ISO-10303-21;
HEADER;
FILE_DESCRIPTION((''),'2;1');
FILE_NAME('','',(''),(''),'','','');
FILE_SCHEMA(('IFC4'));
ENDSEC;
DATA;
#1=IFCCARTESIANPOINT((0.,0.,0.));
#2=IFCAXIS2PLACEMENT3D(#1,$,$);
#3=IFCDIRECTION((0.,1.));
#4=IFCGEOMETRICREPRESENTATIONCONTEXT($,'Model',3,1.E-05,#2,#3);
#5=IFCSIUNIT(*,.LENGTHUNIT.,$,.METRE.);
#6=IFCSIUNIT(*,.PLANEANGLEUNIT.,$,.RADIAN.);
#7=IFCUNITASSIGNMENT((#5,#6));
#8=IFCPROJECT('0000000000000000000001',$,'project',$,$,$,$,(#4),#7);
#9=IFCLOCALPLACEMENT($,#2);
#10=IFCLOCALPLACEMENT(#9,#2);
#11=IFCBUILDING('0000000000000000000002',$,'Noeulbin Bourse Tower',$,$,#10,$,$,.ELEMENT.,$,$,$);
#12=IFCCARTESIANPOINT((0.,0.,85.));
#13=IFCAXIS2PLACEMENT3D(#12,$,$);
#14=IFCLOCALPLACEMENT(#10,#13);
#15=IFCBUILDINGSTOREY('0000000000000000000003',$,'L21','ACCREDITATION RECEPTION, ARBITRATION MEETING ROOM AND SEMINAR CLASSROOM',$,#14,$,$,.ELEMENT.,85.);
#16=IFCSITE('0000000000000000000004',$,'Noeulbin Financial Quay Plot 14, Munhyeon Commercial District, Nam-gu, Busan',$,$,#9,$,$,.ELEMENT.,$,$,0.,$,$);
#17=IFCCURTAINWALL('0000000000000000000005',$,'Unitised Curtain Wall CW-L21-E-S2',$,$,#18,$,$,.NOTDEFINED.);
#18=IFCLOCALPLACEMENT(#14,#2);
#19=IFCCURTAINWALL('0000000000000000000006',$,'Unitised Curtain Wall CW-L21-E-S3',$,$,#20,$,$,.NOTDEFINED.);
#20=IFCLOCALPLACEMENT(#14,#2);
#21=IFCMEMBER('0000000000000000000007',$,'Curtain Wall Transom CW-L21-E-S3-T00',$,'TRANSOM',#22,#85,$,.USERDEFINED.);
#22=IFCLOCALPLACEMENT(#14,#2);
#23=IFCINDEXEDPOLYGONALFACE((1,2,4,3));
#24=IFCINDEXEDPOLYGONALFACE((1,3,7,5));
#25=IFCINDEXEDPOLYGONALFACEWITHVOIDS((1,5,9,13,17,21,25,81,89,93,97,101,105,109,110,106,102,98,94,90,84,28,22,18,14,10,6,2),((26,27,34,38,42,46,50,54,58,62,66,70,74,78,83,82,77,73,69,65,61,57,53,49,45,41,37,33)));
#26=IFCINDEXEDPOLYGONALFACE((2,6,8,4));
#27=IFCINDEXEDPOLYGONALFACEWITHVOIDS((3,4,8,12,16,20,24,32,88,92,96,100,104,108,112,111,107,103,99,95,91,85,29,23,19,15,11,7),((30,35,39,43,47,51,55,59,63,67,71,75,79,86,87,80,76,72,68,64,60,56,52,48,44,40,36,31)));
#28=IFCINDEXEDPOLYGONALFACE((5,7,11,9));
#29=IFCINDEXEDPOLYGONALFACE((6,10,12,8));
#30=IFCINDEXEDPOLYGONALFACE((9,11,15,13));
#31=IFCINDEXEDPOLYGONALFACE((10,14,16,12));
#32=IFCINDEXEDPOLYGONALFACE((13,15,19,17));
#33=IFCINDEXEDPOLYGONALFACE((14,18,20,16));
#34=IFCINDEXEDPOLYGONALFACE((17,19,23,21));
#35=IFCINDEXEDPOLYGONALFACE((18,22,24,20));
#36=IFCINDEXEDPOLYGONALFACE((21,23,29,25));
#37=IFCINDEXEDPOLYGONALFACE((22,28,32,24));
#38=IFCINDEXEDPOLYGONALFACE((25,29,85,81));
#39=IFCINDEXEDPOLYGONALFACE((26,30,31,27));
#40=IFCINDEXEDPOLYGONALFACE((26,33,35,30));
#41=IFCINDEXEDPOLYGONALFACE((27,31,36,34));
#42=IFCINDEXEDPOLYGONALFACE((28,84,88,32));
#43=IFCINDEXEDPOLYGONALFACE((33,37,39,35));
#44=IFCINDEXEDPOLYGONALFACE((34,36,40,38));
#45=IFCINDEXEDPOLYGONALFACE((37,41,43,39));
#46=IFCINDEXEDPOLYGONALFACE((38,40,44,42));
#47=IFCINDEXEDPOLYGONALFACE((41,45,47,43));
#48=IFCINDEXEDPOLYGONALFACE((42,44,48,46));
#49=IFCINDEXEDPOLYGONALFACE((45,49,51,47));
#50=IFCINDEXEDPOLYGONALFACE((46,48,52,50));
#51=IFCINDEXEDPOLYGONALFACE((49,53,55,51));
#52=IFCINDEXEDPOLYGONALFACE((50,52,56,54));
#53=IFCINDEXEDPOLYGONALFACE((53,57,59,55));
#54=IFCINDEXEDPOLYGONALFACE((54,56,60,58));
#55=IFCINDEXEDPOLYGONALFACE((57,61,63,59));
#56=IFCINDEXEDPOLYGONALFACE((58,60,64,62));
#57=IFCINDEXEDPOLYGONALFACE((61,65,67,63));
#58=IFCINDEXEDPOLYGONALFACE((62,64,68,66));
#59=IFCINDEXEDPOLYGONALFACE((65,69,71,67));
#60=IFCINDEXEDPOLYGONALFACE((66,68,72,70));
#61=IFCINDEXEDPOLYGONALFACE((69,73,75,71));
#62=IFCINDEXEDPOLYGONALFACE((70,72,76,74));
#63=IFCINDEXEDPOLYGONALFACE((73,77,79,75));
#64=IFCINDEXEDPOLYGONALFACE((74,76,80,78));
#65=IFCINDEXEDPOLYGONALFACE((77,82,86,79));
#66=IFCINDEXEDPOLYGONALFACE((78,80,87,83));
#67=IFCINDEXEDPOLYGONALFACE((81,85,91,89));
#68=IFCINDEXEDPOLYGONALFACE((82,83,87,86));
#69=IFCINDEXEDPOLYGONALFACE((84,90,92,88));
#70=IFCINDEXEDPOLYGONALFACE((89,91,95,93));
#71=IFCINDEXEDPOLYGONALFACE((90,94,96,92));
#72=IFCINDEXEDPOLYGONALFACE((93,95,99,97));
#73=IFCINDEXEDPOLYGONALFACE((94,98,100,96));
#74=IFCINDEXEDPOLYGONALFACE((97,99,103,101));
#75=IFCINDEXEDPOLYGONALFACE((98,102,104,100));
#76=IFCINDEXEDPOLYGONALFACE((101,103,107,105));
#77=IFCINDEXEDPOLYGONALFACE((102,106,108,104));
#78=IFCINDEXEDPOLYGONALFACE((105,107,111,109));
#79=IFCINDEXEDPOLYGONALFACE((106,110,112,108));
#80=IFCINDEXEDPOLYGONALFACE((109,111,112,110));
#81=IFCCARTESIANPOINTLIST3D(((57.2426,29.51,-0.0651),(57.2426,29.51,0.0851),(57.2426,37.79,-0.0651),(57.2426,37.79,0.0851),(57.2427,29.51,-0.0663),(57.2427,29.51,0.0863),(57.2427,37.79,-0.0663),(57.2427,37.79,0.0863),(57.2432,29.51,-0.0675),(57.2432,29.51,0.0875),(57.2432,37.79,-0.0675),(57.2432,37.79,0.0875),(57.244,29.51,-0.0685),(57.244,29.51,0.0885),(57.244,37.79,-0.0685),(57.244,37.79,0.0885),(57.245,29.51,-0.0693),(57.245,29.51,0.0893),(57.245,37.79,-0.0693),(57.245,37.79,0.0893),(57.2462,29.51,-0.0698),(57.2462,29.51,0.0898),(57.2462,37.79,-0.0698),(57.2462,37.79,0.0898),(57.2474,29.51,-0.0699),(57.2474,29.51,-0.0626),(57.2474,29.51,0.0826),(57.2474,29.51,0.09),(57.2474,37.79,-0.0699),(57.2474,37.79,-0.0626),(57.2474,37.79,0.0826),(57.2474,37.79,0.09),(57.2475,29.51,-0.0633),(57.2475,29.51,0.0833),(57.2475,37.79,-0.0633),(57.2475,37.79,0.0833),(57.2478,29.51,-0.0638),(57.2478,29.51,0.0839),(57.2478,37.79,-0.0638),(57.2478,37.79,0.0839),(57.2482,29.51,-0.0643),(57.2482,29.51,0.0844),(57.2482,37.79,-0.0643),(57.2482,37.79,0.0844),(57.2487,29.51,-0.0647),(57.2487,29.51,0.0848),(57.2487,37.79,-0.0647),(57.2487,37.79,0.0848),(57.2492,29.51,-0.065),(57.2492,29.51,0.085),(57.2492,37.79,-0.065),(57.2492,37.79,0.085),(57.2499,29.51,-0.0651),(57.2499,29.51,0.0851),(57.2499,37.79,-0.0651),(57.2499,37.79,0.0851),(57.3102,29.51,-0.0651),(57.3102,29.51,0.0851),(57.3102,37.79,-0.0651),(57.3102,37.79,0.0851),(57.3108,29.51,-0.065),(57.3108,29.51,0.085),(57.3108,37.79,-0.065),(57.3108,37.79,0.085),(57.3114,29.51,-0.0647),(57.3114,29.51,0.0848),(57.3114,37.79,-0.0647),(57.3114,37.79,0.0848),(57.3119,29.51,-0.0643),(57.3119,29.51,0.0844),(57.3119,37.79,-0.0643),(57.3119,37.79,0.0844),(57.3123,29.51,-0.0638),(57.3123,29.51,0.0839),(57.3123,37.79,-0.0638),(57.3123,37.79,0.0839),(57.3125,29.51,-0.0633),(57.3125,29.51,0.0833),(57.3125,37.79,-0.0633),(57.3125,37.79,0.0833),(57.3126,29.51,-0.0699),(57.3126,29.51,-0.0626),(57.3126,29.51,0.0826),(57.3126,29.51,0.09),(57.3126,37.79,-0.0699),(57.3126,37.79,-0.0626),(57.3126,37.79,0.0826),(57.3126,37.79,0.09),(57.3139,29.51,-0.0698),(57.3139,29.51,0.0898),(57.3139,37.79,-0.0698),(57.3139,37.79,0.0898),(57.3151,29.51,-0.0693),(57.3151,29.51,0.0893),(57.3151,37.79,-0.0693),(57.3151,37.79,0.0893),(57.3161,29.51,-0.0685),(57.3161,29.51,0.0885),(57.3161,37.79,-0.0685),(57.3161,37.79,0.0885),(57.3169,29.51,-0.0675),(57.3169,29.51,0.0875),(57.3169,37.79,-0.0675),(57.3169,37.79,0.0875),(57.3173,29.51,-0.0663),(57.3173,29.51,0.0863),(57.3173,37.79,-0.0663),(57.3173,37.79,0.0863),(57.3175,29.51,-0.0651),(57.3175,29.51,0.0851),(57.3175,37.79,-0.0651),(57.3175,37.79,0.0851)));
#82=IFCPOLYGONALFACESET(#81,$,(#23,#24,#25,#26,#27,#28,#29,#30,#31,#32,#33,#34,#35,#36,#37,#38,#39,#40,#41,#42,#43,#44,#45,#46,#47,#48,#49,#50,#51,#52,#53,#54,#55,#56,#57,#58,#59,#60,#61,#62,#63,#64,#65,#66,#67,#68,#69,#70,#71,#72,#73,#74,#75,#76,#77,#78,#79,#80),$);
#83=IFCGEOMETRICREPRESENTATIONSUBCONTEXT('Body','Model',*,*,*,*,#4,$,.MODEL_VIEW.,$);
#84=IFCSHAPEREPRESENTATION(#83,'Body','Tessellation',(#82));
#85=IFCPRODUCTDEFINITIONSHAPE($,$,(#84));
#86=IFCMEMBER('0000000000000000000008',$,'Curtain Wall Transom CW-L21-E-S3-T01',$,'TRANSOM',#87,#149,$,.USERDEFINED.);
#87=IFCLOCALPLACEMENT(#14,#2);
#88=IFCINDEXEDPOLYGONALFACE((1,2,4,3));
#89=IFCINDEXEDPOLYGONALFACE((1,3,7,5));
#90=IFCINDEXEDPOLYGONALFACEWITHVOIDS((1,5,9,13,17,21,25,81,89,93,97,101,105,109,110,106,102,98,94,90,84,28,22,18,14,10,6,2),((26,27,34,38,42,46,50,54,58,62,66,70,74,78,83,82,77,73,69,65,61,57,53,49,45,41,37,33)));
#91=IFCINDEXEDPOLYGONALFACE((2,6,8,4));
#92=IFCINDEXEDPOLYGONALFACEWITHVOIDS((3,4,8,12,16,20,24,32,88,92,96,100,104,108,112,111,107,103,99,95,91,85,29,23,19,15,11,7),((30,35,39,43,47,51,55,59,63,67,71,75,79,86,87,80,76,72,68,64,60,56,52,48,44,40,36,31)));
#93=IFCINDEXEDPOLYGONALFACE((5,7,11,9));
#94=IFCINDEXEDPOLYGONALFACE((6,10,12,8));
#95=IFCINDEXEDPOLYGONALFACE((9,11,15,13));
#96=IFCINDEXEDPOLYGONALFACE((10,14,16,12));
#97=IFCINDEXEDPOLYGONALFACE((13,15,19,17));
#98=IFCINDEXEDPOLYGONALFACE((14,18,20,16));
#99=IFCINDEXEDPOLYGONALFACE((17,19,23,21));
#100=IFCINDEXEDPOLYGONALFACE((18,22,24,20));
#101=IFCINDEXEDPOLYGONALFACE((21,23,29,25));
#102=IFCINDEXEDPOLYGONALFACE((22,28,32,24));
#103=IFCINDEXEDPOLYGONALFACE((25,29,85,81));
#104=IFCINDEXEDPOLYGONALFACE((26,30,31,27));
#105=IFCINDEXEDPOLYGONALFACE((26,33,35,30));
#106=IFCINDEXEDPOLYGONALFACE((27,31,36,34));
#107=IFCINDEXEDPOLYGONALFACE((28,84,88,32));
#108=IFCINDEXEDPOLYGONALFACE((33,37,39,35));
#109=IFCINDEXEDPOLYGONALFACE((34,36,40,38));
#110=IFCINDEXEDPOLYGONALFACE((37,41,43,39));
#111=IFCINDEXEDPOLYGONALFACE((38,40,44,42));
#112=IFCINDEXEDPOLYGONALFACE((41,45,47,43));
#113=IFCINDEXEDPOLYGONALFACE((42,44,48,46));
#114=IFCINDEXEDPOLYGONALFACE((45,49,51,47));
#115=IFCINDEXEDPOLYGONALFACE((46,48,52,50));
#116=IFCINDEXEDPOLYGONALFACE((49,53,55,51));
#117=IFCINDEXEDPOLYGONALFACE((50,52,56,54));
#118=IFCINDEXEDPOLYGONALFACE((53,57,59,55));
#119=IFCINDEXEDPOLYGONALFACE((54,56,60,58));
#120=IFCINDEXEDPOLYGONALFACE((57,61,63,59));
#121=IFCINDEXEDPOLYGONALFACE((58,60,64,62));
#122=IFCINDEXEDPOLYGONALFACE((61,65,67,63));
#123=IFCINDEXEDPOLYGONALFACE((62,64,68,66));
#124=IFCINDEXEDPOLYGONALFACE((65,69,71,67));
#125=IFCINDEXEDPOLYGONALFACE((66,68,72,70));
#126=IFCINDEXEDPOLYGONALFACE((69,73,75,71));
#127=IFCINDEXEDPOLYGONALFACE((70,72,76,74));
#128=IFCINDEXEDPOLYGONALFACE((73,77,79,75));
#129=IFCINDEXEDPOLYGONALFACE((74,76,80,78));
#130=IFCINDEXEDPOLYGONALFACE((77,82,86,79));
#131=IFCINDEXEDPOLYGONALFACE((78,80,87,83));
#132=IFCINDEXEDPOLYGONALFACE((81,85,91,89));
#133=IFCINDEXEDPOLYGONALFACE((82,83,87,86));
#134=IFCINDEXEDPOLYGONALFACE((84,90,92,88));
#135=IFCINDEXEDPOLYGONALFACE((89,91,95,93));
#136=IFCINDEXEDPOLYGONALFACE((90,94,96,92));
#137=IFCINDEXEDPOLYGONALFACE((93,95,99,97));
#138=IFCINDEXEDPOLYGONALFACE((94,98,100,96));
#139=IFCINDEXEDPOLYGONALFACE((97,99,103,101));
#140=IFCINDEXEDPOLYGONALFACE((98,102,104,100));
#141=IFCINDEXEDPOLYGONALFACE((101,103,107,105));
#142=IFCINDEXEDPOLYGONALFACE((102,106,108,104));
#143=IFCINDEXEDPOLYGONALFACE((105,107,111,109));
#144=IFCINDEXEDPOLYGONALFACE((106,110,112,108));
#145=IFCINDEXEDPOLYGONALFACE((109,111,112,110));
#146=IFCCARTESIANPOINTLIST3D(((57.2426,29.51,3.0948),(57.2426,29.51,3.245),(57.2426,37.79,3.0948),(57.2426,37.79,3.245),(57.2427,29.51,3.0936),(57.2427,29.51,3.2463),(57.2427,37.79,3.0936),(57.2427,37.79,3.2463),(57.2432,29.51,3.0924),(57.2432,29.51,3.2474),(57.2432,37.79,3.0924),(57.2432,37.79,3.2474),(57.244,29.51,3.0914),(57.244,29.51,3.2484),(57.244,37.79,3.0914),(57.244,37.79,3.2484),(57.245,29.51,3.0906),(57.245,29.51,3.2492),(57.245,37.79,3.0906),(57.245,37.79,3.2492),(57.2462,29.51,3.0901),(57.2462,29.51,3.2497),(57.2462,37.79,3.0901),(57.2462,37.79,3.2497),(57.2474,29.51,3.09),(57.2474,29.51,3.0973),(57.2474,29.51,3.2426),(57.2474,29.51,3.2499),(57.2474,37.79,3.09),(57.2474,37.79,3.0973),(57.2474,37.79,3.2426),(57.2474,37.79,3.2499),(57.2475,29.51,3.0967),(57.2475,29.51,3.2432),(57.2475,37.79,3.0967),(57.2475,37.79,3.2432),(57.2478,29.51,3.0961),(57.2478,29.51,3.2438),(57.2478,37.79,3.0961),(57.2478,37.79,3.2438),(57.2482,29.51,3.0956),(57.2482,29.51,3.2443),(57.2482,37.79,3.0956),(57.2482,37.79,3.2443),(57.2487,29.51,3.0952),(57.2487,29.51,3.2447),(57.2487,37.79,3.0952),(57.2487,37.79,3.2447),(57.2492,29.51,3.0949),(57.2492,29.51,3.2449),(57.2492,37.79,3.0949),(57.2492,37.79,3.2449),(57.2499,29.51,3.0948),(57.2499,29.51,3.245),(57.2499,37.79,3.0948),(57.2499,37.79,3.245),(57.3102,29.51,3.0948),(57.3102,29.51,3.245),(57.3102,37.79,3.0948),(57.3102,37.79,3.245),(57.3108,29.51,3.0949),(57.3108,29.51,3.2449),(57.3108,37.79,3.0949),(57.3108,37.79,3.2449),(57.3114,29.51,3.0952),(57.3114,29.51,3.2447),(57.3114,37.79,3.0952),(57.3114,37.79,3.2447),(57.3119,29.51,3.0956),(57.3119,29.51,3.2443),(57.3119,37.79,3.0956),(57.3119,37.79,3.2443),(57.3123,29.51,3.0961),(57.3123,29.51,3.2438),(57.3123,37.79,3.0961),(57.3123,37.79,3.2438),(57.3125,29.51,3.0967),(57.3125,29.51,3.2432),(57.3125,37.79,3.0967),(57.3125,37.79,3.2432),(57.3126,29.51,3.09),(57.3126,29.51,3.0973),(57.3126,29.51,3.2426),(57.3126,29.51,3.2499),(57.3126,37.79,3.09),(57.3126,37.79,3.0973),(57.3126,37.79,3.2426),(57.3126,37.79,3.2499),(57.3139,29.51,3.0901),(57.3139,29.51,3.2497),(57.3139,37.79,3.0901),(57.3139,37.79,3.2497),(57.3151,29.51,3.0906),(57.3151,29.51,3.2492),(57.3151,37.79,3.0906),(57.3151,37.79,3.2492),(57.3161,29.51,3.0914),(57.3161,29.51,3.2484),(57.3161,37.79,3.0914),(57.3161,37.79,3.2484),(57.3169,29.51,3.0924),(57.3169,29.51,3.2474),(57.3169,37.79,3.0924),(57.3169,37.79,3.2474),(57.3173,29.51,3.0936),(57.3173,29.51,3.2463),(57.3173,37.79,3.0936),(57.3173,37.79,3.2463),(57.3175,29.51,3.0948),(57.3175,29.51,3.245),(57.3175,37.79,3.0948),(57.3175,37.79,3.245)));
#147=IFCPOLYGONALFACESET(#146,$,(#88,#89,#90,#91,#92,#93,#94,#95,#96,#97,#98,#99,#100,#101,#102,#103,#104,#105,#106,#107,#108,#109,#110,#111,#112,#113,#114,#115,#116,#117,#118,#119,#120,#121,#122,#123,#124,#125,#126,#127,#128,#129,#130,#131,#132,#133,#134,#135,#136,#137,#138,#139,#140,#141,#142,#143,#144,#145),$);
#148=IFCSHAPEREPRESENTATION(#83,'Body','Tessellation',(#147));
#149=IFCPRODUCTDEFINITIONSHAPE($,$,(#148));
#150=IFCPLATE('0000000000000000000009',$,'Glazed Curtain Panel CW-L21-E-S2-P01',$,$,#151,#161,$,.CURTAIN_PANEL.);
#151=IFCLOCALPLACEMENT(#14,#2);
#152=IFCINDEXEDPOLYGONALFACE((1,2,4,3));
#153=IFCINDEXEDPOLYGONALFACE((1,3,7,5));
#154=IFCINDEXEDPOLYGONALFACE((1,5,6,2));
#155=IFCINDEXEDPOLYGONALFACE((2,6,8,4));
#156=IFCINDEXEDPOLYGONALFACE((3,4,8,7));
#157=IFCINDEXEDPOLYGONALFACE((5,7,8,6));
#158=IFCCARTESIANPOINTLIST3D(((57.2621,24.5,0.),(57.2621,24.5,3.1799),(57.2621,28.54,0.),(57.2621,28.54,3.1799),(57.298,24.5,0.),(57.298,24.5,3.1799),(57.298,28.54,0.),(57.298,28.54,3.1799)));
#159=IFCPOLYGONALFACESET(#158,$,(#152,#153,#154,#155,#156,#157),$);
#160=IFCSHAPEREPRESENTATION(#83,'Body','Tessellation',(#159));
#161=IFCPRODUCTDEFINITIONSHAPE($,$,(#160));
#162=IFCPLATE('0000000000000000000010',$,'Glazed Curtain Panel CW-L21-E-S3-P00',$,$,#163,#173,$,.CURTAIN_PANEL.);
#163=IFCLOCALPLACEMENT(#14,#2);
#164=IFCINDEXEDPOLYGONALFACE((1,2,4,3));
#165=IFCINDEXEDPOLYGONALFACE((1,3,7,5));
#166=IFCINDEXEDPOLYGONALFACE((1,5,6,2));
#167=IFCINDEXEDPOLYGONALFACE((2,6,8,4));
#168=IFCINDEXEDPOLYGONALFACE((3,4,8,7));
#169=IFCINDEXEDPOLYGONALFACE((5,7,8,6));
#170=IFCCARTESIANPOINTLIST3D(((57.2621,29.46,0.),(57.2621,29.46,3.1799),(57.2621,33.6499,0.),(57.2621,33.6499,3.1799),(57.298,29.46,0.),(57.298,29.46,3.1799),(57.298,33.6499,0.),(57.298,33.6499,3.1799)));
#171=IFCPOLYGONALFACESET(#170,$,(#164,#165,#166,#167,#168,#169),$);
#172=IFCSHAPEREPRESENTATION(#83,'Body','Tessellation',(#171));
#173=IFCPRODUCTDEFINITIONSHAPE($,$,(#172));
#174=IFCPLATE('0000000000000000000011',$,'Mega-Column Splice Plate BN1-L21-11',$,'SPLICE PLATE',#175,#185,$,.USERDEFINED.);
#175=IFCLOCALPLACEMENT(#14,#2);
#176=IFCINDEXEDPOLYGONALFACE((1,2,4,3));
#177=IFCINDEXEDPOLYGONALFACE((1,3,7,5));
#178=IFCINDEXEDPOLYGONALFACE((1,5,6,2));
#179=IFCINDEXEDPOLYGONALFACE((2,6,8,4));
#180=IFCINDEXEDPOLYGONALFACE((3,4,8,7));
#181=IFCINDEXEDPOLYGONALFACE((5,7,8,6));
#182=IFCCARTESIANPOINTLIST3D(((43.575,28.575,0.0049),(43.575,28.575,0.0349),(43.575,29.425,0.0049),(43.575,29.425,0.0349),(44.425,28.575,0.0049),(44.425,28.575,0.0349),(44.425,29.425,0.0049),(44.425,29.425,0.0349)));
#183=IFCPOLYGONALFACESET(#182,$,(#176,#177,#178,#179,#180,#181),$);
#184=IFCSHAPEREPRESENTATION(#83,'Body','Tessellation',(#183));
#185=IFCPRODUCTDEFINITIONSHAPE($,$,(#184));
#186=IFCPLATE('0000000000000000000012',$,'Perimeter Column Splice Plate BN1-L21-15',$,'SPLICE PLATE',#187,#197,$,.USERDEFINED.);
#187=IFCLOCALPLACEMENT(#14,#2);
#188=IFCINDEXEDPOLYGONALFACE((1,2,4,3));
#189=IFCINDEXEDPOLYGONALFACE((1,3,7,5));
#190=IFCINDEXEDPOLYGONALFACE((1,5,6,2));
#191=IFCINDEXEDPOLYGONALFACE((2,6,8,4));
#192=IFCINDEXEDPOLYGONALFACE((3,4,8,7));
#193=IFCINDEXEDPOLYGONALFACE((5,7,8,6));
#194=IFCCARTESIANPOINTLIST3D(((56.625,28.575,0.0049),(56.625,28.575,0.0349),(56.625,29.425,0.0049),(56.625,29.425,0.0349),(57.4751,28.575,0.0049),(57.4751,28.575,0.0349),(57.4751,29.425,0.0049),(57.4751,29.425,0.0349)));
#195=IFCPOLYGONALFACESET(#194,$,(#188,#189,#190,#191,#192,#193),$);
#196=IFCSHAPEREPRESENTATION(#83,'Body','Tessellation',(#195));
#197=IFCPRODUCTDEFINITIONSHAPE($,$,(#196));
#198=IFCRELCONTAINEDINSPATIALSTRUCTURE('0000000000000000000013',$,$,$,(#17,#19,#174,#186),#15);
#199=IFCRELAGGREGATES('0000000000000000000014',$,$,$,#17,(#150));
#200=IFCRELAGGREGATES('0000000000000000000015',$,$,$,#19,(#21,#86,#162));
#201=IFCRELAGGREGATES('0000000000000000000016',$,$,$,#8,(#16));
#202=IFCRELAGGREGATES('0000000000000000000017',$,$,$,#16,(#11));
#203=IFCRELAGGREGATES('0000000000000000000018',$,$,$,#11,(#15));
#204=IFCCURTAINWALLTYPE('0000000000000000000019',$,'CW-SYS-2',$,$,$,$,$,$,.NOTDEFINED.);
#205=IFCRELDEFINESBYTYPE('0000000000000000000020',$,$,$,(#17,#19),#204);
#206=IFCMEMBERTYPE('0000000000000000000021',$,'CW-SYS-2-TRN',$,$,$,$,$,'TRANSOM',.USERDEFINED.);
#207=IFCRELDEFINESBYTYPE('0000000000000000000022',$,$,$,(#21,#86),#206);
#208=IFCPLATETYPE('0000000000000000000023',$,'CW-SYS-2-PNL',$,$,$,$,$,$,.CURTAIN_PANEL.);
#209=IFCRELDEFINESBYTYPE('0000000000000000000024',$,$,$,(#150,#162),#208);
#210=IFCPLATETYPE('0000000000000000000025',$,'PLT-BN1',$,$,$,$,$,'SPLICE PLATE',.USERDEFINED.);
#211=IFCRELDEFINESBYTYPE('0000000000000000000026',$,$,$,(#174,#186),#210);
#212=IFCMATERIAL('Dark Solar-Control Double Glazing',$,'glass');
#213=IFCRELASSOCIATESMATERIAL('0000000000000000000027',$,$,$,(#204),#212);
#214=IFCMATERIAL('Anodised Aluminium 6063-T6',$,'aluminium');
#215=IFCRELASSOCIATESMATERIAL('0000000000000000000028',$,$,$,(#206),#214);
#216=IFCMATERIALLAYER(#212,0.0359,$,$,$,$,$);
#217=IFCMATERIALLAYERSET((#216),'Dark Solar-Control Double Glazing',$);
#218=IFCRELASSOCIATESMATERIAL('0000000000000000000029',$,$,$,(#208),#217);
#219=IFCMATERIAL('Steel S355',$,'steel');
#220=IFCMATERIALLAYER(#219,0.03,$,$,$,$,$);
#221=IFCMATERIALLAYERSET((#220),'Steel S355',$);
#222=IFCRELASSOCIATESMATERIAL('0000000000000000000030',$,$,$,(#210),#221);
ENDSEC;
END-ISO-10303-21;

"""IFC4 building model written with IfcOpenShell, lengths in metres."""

from ifc_helpers import new_model, si_unit, direction, frame, origin, origin_2d, place, context, subcontext, project, spatial, rectangle, hollow_rectangle, extrude, material, layer, layer_set, material_profile, profile_set, type_object, element, aggregate, save


model = new_model("IFC4")

# Units and contexts
model_context = context("Model", 3, precision=1e-05, world=origin(), true_north=direction((0.0, 1.0)))
body_context = subcontext(model_context, "Body", "Model", "MODEL_VIEW")
ifc_project = project(units=[si_unit("LENGTHUNIT", "METRE"), si_unit("PLANEANGLEUNIT", "RADIAN")], contexts=[model_context])

# Site, building, storey
site_placement = place(None, origin())
site = spatial("IfcSite", under=ifc_project, at=site_placement, Name="Noeulbin Financial Quay Plot 14, Munhyeon Commercial District, Nam-gu, Busan", CompositionType="ELEMENT", RefElevation=0.0)
building_placement = place(site_placement, origin())
building = spatial("IfcBuilding", under=site, at=building_placement, Name="Noeulbin Bourse Tower", CompositionType="ELEMENT")
storey_placement = place(building_placement, frame((0.0, 0.0, 85.0)))
storey = spatial("IfcBuildingStorey", under=building, at=storey_placement, Name="L21", Description="ACCREDITATION RECEPTION, ARBITRATION MEETING ROOM AND SEMINAR CLASSROOM", CompositionType="ELEMENT", Elevation=85.0)

# Shared definitions
ifc_material_1 = material(Name="Steel S355", Category="steel")

# Curtain walls, members
ifc_material_2 = material(Name="Dark Solar-Control Double Glazing", Category="glass")
curtain_wall_type = type_object("IfcCurtainWallType", Name="CW-SYS-2", PredefinedType="NOTDEFINED", material=ifc_material_2)
curtain_wall_1_placement = place(storey_placement, origin())
curtain_wall_1 = element("IfcCurtainWall", 1, at=curtain_wall_1_placement, inside=storey, type_object=curtain_wall_type, Name="Unitised Curtain Wall CW-L21-E-S2", PredefinedType="NOTDEFINED")
ifc_material_3 = material(Name="Anodised Aluminium 6063-T6", Category="aluminium")
curtain_wall_2_placement = place(storey_placement, origin())
curtain_wall_2 = element("IfcCurtainWall", 2, at=curtain_wall_2_placement, inside=storey, type_object=curtain_wall_type, Name="Unitised Curtain Wall CW-L21-E-S3", PredefinedType="NOTDEFINED")
ifc_material_profile_1 = material_profile(ifc_material_3, hollow_rectangle(XDim=0.075, YDim=0.1599, WallThickness=0.0049, InnerFilletRadius=0.0024, OuterFilletRadius=0.0049, at=origin_2d()), Name="ALU-TRAN-75x160x5", Category="LoadBearing")
ifc_profile_set_1 = profile_set([ifc_material_profile_1], Name="Anodised Aluminium 6063-T6")
member_type_1 = type_object("IfcMemberType", Name="CW-SYS-2-TRN", ElementType="TRANSOM", PredefinedType="USERDEFINED", material=ifc_profile_set_1)
member_1_placement = place(storey_placement, frame((57.28, 29.51, 0.01), z_axis=(0.0, 1.0, 0.0), x_axis=(-1.0, 0.0, 0.0)))
member_1 = element("IfcMember", 3, at=member_1_placement, type_object=member_type_1, Name="Curtain Wall Transom CW-L21-E-S3-T00", ObjectType="TRANSOM", PredefinedType="USERDEFINED", context=body_context, shape_type="SweptSolid", body=[
    extrude(hollow_rectangle(XDim=0.075, YDim=0.1599, WallThickness=0.0049, InnerFilletRadius=0.0024, OuterFilletRadius=0.0049, at=origin_2d()), origin(), (0.0, 0.0, 1.0), 8.28),
])
member_2_placement = place(storey_placement, frame((57.28, 29.51, 3.1699), z_axis=(0.0, 1.0, 0.0), x_axis=(-1.0, 0.0, 0.0)))
member_2 = element("IfcMember", 4, at=member_2_placement, type_object=member_type_1, Name="Curtain Wall Transom CW-L21-E-S3-T01", ObjectType="TRANSOM", PredefinedType="USERDEFINED", context=body_context, shape_type="SweptSolid", body=[
    extrude(hollow_rectangle(XDim=0.075, YDim=0.1599, WallThickness=0.0049, InnerFilletRadius=0.0024, OuterFilletRadius=0.0049, at=origin_2d()), origin(), (0.0, 0.0, 1.0), 8.28),
])

# Plates
ifc_layer_1 = layer(ifc_material_2, 0.0359)
ifc_layer_set_1 = layer_set([ifc_layer_1], Name="Dark Solar-Control Double Glazing")
plate_type_1 = type_object("IfcPlateType", Name="CW-SYS-2-PNL", PredefinedType="CURTAIN_PANEL", material=ifc_layer_set_1)
plate_1_placement = place(storey_placement, frame((57.28, 26.52, 0.0), z_axis=(0.0, 0.0, 1.0), x_axis=(0.0, 1.0, 0.0)))
plate_1 = element("IfcPlate", 5, at=plate_1_placement, type_object=plate_type_1, Name="Glazed Curtain Panel CW-L21-E-S2-P01", PredefinedType="CURTAIN_PANEL", context=body_context, shape_type="SweptSolid", body=[
    extrude(rectangle(XDim=4.04, YDim=0.0359, at=origin_2d()), origin(), (0.0, 0.0, 1.0), 3.1799),
])
aggregate(curtain_wall_1, [plate_1])
plate_2_placement = place(storey_placement, frame((57.28, 31.5549, 0.0), z_axis=(0.0, 0.0, 1.0), x_axis=(0.0, 1.0, 0.0)))
plate_2 = element("IfcPlate", 6, at=plate_2_placement, type_object=plate_type_1, Name="Glazed Curtain Panel CW-L21-E-S3-P00", PredefinedType="CURTAIN_PANEL", context=body_context, shape_type="SweptSolid", body=[
    extrude(rectangle(XDim=4.1899, YDim=0.0359, at=origin_2d()), origin(), (0.0, 0.0, 1.0), 3.1799),
])
aggregate(curtain_wall_2, [member_1, member_2, plate_2])

# Plates
ifc_layer_2 = layer(ifc_material_1, 0.03)
ifc_layer_set_2 = layer_set([ifc_layer_2], Name="Steel S355")
plate_type_2 = type_object("IfcPlateType", Name="PLT-BN1", ElementType="SPLICE PLATE", PredefinedType="USERDEFINED", material=ifc_layer_set_2)
for number, where, z_axis, x_axis, name in (
    (7, (44.0, 29.0, 0.0049), (0.0, 0.0, 1.0), (1.0, 0.0, 0.0), "Mega-Column Splice Plate BN1-L21-11"),
    (8, (57.05, 29.0, 0.0049), (0.0, 0.0, 1.0), (1.0, 0.0, 0.0), "Perimeter Column Splice Plate BN1-L21-15"),
):
    element("IfcPlate", number, at=place(storey_placement, frame(where, z_axis=z_axis, x_axis=x_axis)), inside=storey, type_object=plate_type_2, Name=name, ObjectType="SPLICE PLATE", PredefinedType="USERDEFINED", context=body_context, shape_type="SweptSolid", body=[
        extrude(rectangle(XDim=0.8501, YDim=0.8501, at=origin_2d()), origin(), (0.0, 0.0, 1.0), 0.03),
    ])

save(model, "model.ifc")
